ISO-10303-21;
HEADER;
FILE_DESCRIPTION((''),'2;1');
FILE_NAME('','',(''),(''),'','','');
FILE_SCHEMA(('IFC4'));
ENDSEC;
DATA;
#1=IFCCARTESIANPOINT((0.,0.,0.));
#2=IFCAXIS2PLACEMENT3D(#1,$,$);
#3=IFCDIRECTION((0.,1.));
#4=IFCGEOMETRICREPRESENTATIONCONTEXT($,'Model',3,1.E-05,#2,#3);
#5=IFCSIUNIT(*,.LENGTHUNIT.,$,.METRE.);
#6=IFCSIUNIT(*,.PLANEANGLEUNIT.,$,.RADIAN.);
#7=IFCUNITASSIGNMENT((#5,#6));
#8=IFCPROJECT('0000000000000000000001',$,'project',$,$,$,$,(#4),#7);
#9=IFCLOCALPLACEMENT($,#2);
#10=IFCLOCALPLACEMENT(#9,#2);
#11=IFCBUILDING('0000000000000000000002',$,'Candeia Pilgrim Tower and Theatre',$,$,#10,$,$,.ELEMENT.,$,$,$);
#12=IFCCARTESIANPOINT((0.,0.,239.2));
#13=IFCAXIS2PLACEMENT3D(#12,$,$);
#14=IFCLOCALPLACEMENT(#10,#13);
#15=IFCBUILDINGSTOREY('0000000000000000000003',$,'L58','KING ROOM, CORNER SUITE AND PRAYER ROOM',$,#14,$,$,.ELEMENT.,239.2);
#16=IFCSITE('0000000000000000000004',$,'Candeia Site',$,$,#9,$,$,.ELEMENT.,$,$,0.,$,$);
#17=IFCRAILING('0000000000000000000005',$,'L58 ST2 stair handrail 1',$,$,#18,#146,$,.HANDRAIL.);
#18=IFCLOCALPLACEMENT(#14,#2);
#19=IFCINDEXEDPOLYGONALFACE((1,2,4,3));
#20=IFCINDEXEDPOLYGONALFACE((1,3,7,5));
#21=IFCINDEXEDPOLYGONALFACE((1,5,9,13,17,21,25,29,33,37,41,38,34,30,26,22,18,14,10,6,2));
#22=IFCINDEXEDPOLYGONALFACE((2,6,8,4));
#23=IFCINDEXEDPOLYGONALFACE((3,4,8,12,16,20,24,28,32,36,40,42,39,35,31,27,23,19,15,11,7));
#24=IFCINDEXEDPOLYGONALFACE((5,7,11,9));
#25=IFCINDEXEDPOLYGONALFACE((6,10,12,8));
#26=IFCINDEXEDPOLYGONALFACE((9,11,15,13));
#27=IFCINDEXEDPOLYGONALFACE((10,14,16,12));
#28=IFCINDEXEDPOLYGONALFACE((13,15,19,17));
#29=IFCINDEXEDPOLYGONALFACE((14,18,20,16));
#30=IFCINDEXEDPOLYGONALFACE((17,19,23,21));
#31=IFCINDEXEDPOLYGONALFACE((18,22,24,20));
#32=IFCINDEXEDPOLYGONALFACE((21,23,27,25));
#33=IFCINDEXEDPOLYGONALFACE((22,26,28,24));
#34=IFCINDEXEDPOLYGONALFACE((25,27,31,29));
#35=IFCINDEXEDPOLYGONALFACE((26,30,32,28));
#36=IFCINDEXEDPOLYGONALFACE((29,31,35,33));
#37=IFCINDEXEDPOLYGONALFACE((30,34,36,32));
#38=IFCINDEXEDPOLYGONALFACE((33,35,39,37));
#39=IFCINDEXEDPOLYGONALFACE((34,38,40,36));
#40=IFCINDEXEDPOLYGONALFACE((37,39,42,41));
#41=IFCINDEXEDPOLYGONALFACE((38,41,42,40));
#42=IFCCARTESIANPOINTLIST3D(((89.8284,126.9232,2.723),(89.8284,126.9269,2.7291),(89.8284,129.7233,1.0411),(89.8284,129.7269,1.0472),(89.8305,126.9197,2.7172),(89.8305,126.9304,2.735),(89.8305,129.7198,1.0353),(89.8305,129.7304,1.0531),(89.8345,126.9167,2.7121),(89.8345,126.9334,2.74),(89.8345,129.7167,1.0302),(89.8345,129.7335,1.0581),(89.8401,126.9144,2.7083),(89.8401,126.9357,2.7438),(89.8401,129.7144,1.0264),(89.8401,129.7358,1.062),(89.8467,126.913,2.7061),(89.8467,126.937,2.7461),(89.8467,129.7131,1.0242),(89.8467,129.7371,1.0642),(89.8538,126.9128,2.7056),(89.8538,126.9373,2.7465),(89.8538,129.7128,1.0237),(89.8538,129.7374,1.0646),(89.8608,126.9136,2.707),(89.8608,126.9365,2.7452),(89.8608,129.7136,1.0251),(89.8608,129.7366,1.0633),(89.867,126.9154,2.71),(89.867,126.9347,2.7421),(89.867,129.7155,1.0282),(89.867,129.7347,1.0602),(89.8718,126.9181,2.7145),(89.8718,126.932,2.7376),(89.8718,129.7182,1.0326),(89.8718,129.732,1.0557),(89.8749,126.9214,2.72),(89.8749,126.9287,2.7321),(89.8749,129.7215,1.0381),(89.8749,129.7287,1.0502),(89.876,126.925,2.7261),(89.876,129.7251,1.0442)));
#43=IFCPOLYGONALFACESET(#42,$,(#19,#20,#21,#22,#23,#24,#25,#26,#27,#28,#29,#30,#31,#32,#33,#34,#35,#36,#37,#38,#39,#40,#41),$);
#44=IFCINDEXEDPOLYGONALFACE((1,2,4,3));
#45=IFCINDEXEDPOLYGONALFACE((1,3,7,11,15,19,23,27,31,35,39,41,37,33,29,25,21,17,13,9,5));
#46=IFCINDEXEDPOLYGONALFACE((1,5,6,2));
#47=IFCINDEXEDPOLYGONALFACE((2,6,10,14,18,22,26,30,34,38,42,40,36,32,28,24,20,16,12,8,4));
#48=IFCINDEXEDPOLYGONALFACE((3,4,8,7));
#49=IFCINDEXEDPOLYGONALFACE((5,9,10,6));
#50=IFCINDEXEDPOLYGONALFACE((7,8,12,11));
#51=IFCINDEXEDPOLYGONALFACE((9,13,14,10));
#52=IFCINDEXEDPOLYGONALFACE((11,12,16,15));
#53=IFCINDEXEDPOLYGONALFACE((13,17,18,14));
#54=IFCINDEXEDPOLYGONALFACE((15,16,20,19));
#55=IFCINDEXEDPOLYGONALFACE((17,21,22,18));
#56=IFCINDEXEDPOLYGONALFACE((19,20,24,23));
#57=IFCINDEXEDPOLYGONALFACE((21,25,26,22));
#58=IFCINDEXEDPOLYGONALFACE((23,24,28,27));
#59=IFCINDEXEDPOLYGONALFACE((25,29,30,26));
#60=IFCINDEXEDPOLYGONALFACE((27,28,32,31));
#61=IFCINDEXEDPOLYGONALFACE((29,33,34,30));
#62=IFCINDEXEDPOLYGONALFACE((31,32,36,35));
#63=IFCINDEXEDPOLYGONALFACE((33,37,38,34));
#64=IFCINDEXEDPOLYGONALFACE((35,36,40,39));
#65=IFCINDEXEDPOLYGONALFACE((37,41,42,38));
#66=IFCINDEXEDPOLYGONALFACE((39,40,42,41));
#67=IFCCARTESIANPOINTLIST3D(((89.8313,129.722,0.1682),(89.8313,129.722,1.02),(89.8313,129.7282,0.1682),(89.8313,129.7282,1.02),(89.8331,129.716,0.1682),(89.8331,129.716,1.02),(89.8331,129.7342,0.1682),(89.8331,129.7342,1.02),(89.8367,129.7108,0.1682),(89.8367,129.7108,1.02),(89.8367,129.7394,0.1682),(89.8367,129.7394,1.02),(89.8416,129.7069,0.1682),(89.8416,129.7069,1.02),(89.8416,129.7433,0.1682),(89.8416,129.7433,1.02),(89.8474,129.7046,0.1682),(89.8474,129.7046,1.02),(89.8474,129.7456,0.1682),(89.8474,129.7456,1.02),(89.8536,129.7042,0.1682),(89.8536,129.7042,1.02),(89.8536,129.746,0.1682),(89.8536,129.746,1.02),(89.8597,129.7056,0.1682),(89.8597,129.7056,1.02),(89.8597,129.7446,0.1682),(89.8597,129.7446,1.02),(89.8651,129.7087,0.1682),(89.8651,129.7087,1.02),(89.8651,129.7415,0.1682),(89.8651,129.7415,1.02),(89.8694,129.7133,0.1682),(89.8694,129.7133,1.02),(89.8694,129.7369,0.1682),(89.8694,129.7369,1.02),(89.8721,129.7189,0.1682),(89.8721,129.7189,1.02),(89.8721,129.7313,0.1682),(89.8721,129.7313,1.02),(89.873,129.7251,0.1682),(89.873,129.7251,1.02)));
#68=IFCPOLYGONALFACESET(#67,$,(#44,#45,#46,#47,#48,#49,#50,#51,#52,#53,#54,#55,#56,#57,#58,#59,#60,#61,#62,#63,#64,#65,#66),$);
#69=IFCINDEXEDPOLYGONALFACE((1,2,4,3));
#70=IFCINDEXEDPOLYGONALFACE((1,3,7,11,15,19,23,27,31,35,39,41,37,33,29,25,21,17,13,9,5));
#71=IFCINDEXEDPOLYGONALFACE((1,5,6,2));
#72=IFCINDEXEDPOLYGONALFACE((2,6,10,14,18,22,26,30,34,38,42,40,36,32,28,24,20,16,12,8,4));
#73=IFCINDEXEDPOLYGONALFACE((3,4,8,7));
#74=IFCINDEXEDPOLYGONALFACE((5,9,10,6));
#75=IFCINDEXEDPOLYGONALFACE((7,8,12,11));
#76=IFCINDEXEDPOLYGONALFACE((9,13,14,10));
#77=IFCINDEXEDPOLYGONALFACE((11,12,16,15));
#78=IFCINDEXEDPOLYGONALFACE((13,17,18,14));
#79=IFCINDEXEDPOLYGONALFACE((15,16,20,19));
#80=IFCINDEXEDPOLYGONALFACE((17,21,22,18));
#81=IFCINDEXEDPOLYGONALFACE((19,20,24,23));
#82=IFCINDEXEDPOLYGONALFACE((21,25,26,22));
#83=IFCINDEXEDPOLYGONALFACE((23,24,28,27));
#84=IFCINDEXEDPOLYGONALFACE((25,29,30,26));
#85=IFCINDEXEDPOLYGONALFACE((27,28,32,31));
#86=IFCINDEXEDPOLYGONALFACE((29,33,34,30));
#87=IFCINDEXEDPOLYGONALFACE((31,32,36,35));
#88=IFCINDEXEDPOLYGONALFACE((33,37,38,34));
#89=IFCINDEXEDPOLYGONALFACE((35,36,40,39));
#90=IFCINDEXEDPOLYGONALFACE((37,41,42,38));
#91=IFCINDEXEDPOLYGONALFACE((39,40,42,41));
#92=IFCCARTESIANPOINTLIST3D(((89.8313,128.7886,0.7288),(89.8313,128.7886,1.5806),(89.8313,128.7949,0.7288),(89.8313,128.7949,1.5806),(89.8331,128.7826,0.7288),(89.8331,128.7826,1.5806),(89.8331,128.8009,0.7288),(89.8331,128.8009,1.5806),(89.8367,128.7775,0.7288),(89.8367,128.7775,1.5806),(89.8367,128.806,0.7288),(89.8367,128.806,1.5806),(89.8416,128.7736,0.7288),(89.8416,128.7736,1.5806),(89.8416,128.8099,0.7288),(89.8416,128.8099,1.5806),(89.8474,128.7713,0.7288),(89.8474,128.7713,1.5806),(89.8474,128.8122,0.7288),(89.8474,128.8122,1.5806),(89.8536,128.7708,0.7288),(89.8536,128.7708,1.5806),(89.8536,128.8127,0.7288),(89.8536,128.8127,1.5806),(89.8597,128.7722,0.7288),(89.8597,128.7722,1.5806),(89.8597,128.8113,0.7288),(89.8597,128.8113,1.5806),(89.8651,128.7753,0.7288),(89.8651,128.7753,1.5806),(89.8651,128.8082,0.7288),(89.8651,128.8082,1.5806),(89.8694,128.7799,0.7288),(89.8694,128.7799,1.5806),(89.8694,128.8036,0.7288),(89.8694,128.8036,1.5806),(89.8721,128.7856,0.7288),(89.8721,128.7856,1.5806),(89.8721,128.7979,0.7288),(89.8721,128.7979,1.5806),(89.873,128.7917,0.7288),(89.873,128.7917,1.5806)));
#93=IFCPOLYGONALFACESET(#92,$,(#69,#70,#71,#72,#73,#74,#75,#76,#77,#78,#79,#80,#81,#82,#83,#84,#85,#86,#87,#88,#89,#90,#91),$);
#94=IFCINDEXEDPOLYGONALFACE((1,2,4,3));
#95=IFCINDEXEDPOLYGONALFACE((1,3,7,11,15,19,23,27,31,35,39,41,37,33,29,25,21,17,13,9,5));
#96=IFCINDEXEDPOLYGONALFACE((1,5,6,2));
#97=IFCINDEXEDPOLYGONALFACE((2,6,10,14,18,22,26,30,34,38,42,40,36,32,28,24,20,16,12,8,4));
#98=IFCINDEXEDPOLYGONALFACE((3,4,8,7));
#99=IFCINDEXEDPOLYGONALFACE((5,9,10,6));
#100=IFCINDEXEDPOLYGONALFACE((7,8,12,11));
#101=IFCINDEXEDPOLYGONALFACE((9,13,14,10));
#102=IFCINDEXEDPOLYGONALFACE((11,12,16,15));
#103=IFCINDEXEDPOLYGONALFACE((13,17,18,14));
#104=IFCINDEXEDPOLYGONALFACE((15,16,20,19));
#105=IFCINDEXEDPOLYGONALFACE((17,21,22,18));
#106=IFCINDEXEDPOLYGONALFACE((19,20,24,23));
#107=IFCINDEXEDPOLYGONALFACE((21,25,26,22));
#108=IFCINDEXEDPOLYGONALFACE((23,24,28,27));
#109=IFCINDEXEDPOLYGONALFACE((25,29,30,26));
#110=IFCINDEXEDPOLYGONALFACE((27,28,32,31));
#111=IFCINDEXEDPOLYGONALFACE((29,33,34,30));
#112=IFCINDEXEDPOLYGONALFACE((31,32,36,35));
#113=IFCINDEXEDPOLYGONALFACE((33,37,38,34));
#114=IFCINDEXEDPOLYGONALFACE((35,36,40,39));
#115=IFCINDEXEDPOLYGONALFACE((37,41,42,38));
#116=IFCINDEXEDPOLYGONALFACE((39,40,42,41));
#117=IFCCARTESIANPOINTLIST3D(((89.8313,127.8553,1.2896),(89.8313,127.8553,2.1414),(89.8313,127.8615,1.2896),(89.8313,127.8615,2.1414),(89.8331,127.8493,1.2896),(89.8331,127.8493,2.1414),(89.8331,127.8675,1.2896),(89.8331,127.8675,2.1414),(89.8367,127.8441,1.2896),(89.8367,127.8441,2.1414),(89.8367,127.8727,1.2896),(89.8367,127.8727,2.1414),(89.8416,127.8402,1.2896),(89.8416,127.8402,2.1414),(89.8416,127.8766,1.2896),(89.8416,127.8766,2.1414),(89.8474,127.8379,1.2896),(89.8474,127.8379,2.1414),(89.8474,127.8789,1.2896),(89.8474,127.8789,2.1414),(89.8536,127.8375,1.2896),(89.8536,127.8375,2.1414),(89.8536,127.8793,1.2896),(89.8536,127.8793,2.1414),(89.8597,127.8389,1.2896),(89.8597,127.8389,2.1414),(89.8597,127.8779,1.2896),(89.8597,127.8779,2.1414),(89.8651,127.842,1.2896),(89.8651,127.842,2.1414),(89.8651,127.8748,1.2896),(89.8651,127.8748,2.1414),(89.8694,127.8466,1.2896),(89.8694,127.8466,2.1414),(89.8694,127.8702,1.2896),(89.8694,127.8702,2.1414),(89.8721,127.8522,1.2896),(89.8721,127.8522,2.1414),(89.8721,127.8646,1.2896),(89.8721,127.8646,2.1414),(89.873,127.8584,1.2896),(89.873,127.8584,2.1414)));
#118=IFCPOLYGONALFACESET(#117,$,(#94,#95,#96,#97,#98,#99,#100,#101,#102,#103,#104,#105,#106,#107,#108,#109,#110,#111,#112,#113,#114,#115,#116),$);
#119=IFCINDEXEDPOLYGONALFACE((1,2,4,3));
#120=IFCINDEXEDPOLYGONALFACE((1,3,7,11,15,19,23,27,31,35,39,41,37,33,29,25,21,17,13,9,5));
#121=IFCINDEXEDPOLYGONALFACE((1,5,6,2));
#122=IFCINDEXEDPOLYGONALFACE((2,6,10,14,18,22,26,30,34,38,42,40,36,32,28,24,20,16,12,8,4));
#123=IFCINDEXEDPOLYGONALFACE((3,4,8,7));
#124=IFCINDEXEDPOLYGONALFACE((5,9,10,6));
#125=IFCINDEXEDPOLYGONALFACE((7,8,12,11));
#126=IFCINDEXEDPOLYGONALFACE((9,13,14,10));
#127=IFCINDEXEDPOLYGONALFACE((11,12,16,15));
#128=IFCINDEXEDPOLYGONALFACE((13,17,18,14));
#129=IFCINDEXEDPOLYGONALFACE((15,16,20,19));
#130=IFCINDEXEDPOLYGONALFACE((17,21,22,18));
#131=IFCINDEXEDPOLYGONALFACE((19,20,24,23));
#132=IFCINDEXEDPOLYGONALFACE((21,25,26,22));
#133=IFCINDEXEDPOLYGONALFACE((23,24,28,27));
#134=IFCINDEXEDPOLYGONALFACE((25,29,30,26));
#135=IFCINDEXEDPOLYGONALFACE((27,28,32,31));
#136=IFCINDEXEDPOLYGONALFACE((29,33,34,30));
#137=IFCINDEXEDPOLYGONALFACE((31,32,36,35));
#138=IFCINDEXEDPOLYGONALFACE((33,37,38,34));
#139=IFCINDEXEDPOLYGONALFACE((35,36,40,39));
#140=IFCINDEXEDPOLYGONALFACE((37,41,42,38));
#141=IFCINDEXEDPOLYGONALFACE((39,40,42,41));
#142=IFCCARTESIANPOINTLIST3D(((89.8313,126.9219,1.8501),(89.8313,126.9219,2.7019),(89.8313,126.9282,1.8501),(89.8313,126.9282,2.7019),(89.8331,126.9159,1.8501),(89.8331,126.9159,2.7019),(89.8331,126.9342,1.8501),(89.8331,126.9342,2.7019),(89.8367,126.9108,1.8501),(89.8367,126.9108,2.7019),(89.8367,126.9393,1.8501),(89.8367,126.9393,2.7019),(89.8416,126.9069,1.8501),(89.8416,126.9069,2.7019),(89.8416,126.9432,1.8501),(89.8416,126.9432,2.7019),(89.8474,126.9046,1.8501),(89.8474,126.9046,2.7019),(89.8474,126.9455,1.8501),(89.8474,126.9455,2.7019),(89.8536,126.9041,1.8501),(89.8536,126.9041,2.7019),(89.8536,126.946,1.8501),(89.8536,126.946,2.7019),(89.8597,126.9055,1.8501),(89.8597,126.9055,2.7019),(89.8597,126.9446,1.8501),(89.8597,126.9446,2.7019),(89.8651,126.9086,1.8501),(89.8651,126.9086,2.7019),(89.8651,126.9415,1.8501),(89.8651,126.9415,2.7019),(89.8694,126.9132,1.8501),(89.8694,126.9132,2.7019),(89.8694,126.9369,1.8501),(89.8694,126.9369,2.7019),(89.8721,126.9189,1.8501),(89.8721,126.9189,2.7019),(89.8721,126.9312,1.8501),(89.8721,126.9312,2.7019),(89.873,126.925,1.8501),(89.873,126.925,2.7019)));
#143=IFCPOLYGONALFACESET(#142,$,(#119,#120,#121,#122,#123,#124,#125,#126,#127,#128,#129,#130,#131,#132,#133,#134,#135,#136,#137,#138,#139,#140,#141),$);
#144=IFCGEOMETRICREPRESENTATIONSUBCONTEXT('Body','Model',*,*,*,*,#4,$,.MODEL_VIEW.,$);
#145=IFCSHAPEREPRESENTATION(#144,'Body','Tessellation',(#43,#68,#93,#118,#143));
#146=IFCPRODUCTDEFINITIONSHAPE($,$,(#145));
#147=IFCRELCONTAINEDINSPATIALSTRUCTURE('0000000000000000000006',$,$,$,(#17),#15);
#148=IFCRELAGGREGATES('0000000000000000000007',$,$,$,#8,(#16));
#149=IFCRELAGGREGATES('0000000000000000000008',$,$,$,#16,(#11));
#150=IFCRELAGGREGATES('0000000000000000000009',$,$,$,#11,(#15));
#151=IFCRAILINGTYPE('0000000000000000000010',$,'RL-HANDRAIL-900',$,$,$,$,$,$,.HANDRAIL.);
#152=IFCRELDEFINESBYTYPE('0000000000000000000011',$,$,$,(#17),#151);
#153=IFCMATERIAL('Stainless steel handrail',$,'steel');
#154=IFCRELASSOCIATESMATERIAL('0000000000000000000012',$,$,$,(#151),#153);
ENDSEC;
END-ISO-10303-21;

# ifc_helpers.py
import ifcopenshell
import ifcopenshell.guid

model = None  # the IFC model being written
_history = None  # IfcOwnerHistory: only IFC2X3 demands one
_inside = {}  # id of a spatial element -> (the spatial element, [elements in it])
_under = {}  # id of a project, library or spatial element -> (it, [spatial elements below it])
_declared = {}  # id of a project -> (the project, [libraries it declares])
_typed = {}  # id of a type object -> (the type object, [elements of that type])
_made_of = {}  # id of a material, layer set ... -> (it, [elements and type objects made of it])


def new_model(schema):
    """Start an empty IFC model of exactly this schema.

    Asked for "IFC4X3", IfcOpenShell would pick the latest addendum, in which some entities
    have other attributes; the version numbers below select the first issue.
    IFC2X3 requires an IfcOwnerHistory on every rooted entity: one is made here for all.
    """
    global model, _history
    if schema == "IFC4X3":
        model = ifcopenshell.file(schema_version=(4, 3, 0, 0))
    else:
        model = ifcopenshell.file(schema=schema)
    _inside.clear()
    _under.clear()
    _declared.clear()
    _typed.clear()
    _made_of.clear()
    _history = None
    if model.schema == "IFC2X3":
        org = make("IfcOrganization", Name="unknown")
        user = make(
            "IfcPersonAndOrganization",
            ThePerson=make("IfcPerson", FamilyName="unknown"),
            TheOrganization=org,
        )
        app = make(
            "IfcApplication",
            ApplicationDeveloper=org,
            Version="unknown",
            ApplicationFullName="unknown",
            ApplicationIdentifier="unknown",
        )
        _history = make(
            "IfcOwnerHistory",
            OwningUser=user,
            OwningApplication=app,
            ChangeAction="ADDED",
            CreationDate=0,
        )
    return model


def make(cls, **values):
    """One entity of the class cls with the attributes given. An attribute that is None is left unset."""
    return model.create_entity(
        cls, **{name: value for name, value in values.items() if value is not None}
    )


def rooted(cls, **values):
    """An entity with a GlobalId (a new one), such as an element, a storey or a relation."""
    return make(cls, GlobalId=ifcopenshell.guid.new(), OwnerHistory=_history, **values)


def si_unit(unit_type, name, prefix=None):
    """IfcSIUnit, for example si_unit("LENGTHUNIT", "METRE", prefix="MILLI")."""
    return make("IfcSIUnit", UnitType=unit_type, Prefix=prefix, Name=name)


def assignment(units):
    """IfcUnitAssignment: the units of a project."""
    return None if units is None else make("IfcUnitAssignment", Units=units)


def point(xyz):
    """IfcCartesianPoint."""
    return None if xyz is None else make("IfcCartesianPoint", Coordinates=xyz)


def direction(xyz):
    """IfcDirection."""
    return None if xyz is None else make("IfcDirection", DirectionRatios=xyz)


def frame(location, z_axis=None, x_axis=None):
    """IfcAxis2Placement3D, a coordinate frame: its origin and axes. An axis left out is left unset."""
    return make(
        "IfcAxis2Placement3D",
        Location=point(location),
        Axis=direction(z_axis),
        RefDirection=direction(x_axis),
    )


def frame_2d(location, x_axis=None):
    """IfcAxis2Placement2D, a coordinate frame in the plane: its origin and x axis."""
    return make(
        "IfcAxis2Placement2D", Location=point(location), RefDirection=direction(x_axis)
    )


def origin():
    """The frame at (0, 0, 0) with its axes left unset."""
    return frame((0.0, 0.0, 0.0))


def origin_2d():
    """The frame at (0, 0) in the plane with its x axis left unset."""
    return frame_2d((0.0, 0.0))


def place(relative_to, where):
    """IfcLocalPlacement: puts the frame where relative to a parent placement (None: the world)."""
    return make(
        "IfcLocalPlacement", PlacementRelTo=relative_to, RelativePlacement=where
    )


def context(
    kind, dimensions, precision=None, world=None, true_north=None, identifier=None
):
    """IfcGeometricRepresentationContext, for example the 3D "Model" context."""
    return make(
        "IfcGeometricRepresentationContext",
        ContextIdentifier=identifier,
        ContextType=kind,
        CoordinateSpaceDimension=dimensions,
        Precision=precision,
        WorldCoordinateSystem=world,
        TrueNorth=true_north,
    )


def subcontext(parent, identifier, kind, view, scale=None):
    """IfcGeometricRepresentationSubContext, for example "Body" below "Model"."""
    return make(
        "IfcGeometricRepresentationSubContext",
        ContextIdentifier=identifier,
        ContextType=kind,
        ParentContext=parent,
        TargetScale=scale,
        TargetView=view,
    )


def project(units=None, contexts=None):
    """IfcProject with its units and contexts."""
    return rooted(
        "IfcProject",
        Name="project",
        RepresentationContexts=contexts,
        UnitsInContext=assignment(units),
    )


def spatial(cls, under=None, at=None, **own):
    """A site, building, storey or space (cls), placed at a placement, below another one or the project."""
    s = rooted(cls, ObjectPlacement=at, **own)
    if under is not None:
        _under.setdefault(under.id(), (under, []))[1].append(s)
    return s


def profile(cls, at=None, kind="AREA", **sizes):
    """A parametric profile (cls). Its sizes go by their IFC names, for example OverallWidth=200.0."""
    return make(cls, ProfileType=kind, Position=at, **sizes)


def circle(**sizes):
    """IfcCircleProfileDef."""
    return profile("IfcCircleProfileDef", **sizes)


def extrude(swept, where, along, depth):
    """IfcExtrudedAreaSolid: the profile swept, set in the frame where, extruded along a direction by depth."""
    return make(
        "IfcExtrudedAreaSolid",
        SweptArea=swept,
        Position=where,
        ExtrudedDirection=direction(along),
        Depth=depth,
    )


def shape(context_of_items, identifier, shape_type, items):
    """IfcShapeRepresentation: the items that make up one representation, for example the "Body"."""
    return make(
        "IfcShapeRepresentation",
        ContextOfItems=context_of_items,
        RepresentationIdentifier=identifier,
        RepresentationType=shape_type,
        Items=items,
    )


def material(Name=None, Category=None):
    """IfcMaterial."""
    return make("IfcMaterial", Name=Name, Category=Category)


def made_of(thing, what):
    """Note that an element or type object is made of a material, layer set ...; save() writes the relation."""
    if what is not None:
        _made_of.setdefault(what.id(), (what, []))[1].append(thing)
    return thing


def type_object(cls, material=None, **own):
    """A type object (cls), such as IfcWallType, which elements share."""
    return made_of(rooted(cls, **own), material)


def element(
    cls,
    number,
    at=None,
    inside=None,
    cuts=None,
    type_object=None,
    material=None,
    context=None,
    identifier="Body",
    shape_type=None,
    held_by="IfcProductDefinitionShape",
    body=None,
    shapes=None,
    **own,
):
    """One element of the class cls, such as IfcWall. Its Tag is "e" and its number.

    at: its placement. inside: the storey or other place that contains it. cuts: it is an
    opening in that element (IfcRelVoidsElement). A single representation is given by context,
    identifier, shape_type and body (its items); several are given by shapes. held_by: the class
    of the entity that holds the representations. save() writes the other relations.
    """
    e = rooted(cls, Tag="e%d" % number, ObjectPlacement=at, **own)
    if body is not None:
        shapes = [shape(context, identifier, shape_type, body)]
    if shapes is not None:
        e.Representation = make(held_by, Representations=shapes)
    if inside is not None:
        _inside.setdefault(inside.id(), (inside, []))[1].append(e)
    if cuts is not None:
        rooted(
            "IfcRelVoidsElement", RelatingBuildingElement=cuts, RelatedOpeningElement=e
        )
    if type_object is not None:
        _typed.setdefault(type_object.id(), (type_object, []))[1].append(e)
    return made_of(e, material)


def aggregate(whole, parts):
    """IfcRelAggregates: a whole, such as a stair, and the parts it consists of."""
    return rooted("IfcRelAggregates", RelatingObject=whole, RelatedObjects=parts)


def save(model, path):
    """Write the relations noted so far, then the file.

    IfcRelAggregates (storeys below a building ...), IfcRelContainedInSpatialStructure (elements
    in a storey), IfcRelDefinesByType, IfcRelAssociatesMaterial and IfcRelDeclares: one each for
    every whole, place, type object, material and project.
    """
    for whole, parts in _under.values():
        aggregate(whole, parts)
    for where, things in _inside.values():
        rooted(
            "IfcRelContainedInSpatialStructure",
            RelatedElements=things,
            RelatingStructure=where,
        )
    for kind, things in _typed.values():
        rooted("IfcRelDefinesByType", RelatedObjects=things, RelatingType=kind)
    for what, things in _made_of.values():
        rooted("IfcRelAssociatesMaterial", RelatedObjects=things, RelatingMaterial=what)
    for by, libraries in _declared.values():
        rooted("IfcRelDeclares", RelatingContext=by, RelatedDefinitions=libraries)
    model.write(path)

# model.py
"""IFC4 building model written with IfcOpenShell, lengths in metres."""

from ifc_helpers import new_model, si_unit, direction, frame, origin, origin_2d, place, context, subcontext, project, spatial, circle, extrude, material, type_object, element, save


model = new_model("IFC4")

# Units and contexts
model_context = context("Model", 3, precision=1e-05, world=origin(), true_north=direction((0.0, 1.0)))
body_context = subcontext(model_context, "Body", "Model", "MODEL_VIEW")
ifc_project = project(units=[si_unit("LENGTHUNIT", "METRE"), si_unit("PLANEANGLEUNIT", "RADIAN")], contexts=[model_context])

# Site, building, storey
site_placement = place(None, origin())
site = spatial("IfcSite", under=ifc_project, at=site_placement, Name="Candeia Site", CompositionType="ELEMENT", RefElevation=0.0)
building_placement = place(site_placement, origin())
building = spatial("IfcBuilding", under=site, at=building_placement, Name="Candeia Pilgrim Tower and Theatre", CompositionType="ELEMENT")
storey_placement = place(building_placement, frame((0.0, 0.0, 239.2)))
storey = spatial("IfcBuildingStorey", under=building, at=storey_placement, Name="L58", Description="KING ROOM, CORNER SUITE AND PRAYER ROOM", CompositionType="ELEMENT", Elevation=239.2)

# Railing
ifc_material_1 = material(Name="Stainless steel handrail", Category="steel")
railing_type_1 = type_object("IfcRailingType", Name="RL-HANDRAIL-900", PredefinedType="HANDRAIL", material=ifc_material_1)
for number, where, name in (
    (1, (89.8521, 129.7251, 0.1682), "L58 ST2 stair handrail 1"),
):
    element("IfcRailing", number, at=place(storey_placement, frame(where)), inside=storey, type_object=railing_type_1, Name=name, PredefinedType="HANDRAIL", context=body_context, shape_type="SweptSolid", body=[
        extrude(circle(Radius=0.0239, at=origin_2d()), frame((0.0, 0.0, 0.876), z_axis=(0.0, -0.857242, 0.514913), x_axis=(1.0, 0.0, 0.0)), (0.0, 0.0, 1.0), 3.2664),
        extrude(circle(Radius=0.021, at=origin_2d()), origin(), (0.0, 0.0, 1.0), 0.8518),
        extrude(circle(Radius=0.021, at=origin_2d()), frame((0.0, -0.9333, 0.5605)), (0.0, 0.0, 1.0), 0.8518),
        extrude(circle(Radius=0.021, at=origin_2d()), frame((0.0, -1.8667, 1.1213)), (0.0, 0.0, 1.0), 0.8518),
        extrude(circle(Radius=0.021, at=origin_2d()), frame((0.0, -2.8, 1.6819)), (0.0, 0.0, 1.0), 0.8518),
    ])

save(model, "model.ifc")
